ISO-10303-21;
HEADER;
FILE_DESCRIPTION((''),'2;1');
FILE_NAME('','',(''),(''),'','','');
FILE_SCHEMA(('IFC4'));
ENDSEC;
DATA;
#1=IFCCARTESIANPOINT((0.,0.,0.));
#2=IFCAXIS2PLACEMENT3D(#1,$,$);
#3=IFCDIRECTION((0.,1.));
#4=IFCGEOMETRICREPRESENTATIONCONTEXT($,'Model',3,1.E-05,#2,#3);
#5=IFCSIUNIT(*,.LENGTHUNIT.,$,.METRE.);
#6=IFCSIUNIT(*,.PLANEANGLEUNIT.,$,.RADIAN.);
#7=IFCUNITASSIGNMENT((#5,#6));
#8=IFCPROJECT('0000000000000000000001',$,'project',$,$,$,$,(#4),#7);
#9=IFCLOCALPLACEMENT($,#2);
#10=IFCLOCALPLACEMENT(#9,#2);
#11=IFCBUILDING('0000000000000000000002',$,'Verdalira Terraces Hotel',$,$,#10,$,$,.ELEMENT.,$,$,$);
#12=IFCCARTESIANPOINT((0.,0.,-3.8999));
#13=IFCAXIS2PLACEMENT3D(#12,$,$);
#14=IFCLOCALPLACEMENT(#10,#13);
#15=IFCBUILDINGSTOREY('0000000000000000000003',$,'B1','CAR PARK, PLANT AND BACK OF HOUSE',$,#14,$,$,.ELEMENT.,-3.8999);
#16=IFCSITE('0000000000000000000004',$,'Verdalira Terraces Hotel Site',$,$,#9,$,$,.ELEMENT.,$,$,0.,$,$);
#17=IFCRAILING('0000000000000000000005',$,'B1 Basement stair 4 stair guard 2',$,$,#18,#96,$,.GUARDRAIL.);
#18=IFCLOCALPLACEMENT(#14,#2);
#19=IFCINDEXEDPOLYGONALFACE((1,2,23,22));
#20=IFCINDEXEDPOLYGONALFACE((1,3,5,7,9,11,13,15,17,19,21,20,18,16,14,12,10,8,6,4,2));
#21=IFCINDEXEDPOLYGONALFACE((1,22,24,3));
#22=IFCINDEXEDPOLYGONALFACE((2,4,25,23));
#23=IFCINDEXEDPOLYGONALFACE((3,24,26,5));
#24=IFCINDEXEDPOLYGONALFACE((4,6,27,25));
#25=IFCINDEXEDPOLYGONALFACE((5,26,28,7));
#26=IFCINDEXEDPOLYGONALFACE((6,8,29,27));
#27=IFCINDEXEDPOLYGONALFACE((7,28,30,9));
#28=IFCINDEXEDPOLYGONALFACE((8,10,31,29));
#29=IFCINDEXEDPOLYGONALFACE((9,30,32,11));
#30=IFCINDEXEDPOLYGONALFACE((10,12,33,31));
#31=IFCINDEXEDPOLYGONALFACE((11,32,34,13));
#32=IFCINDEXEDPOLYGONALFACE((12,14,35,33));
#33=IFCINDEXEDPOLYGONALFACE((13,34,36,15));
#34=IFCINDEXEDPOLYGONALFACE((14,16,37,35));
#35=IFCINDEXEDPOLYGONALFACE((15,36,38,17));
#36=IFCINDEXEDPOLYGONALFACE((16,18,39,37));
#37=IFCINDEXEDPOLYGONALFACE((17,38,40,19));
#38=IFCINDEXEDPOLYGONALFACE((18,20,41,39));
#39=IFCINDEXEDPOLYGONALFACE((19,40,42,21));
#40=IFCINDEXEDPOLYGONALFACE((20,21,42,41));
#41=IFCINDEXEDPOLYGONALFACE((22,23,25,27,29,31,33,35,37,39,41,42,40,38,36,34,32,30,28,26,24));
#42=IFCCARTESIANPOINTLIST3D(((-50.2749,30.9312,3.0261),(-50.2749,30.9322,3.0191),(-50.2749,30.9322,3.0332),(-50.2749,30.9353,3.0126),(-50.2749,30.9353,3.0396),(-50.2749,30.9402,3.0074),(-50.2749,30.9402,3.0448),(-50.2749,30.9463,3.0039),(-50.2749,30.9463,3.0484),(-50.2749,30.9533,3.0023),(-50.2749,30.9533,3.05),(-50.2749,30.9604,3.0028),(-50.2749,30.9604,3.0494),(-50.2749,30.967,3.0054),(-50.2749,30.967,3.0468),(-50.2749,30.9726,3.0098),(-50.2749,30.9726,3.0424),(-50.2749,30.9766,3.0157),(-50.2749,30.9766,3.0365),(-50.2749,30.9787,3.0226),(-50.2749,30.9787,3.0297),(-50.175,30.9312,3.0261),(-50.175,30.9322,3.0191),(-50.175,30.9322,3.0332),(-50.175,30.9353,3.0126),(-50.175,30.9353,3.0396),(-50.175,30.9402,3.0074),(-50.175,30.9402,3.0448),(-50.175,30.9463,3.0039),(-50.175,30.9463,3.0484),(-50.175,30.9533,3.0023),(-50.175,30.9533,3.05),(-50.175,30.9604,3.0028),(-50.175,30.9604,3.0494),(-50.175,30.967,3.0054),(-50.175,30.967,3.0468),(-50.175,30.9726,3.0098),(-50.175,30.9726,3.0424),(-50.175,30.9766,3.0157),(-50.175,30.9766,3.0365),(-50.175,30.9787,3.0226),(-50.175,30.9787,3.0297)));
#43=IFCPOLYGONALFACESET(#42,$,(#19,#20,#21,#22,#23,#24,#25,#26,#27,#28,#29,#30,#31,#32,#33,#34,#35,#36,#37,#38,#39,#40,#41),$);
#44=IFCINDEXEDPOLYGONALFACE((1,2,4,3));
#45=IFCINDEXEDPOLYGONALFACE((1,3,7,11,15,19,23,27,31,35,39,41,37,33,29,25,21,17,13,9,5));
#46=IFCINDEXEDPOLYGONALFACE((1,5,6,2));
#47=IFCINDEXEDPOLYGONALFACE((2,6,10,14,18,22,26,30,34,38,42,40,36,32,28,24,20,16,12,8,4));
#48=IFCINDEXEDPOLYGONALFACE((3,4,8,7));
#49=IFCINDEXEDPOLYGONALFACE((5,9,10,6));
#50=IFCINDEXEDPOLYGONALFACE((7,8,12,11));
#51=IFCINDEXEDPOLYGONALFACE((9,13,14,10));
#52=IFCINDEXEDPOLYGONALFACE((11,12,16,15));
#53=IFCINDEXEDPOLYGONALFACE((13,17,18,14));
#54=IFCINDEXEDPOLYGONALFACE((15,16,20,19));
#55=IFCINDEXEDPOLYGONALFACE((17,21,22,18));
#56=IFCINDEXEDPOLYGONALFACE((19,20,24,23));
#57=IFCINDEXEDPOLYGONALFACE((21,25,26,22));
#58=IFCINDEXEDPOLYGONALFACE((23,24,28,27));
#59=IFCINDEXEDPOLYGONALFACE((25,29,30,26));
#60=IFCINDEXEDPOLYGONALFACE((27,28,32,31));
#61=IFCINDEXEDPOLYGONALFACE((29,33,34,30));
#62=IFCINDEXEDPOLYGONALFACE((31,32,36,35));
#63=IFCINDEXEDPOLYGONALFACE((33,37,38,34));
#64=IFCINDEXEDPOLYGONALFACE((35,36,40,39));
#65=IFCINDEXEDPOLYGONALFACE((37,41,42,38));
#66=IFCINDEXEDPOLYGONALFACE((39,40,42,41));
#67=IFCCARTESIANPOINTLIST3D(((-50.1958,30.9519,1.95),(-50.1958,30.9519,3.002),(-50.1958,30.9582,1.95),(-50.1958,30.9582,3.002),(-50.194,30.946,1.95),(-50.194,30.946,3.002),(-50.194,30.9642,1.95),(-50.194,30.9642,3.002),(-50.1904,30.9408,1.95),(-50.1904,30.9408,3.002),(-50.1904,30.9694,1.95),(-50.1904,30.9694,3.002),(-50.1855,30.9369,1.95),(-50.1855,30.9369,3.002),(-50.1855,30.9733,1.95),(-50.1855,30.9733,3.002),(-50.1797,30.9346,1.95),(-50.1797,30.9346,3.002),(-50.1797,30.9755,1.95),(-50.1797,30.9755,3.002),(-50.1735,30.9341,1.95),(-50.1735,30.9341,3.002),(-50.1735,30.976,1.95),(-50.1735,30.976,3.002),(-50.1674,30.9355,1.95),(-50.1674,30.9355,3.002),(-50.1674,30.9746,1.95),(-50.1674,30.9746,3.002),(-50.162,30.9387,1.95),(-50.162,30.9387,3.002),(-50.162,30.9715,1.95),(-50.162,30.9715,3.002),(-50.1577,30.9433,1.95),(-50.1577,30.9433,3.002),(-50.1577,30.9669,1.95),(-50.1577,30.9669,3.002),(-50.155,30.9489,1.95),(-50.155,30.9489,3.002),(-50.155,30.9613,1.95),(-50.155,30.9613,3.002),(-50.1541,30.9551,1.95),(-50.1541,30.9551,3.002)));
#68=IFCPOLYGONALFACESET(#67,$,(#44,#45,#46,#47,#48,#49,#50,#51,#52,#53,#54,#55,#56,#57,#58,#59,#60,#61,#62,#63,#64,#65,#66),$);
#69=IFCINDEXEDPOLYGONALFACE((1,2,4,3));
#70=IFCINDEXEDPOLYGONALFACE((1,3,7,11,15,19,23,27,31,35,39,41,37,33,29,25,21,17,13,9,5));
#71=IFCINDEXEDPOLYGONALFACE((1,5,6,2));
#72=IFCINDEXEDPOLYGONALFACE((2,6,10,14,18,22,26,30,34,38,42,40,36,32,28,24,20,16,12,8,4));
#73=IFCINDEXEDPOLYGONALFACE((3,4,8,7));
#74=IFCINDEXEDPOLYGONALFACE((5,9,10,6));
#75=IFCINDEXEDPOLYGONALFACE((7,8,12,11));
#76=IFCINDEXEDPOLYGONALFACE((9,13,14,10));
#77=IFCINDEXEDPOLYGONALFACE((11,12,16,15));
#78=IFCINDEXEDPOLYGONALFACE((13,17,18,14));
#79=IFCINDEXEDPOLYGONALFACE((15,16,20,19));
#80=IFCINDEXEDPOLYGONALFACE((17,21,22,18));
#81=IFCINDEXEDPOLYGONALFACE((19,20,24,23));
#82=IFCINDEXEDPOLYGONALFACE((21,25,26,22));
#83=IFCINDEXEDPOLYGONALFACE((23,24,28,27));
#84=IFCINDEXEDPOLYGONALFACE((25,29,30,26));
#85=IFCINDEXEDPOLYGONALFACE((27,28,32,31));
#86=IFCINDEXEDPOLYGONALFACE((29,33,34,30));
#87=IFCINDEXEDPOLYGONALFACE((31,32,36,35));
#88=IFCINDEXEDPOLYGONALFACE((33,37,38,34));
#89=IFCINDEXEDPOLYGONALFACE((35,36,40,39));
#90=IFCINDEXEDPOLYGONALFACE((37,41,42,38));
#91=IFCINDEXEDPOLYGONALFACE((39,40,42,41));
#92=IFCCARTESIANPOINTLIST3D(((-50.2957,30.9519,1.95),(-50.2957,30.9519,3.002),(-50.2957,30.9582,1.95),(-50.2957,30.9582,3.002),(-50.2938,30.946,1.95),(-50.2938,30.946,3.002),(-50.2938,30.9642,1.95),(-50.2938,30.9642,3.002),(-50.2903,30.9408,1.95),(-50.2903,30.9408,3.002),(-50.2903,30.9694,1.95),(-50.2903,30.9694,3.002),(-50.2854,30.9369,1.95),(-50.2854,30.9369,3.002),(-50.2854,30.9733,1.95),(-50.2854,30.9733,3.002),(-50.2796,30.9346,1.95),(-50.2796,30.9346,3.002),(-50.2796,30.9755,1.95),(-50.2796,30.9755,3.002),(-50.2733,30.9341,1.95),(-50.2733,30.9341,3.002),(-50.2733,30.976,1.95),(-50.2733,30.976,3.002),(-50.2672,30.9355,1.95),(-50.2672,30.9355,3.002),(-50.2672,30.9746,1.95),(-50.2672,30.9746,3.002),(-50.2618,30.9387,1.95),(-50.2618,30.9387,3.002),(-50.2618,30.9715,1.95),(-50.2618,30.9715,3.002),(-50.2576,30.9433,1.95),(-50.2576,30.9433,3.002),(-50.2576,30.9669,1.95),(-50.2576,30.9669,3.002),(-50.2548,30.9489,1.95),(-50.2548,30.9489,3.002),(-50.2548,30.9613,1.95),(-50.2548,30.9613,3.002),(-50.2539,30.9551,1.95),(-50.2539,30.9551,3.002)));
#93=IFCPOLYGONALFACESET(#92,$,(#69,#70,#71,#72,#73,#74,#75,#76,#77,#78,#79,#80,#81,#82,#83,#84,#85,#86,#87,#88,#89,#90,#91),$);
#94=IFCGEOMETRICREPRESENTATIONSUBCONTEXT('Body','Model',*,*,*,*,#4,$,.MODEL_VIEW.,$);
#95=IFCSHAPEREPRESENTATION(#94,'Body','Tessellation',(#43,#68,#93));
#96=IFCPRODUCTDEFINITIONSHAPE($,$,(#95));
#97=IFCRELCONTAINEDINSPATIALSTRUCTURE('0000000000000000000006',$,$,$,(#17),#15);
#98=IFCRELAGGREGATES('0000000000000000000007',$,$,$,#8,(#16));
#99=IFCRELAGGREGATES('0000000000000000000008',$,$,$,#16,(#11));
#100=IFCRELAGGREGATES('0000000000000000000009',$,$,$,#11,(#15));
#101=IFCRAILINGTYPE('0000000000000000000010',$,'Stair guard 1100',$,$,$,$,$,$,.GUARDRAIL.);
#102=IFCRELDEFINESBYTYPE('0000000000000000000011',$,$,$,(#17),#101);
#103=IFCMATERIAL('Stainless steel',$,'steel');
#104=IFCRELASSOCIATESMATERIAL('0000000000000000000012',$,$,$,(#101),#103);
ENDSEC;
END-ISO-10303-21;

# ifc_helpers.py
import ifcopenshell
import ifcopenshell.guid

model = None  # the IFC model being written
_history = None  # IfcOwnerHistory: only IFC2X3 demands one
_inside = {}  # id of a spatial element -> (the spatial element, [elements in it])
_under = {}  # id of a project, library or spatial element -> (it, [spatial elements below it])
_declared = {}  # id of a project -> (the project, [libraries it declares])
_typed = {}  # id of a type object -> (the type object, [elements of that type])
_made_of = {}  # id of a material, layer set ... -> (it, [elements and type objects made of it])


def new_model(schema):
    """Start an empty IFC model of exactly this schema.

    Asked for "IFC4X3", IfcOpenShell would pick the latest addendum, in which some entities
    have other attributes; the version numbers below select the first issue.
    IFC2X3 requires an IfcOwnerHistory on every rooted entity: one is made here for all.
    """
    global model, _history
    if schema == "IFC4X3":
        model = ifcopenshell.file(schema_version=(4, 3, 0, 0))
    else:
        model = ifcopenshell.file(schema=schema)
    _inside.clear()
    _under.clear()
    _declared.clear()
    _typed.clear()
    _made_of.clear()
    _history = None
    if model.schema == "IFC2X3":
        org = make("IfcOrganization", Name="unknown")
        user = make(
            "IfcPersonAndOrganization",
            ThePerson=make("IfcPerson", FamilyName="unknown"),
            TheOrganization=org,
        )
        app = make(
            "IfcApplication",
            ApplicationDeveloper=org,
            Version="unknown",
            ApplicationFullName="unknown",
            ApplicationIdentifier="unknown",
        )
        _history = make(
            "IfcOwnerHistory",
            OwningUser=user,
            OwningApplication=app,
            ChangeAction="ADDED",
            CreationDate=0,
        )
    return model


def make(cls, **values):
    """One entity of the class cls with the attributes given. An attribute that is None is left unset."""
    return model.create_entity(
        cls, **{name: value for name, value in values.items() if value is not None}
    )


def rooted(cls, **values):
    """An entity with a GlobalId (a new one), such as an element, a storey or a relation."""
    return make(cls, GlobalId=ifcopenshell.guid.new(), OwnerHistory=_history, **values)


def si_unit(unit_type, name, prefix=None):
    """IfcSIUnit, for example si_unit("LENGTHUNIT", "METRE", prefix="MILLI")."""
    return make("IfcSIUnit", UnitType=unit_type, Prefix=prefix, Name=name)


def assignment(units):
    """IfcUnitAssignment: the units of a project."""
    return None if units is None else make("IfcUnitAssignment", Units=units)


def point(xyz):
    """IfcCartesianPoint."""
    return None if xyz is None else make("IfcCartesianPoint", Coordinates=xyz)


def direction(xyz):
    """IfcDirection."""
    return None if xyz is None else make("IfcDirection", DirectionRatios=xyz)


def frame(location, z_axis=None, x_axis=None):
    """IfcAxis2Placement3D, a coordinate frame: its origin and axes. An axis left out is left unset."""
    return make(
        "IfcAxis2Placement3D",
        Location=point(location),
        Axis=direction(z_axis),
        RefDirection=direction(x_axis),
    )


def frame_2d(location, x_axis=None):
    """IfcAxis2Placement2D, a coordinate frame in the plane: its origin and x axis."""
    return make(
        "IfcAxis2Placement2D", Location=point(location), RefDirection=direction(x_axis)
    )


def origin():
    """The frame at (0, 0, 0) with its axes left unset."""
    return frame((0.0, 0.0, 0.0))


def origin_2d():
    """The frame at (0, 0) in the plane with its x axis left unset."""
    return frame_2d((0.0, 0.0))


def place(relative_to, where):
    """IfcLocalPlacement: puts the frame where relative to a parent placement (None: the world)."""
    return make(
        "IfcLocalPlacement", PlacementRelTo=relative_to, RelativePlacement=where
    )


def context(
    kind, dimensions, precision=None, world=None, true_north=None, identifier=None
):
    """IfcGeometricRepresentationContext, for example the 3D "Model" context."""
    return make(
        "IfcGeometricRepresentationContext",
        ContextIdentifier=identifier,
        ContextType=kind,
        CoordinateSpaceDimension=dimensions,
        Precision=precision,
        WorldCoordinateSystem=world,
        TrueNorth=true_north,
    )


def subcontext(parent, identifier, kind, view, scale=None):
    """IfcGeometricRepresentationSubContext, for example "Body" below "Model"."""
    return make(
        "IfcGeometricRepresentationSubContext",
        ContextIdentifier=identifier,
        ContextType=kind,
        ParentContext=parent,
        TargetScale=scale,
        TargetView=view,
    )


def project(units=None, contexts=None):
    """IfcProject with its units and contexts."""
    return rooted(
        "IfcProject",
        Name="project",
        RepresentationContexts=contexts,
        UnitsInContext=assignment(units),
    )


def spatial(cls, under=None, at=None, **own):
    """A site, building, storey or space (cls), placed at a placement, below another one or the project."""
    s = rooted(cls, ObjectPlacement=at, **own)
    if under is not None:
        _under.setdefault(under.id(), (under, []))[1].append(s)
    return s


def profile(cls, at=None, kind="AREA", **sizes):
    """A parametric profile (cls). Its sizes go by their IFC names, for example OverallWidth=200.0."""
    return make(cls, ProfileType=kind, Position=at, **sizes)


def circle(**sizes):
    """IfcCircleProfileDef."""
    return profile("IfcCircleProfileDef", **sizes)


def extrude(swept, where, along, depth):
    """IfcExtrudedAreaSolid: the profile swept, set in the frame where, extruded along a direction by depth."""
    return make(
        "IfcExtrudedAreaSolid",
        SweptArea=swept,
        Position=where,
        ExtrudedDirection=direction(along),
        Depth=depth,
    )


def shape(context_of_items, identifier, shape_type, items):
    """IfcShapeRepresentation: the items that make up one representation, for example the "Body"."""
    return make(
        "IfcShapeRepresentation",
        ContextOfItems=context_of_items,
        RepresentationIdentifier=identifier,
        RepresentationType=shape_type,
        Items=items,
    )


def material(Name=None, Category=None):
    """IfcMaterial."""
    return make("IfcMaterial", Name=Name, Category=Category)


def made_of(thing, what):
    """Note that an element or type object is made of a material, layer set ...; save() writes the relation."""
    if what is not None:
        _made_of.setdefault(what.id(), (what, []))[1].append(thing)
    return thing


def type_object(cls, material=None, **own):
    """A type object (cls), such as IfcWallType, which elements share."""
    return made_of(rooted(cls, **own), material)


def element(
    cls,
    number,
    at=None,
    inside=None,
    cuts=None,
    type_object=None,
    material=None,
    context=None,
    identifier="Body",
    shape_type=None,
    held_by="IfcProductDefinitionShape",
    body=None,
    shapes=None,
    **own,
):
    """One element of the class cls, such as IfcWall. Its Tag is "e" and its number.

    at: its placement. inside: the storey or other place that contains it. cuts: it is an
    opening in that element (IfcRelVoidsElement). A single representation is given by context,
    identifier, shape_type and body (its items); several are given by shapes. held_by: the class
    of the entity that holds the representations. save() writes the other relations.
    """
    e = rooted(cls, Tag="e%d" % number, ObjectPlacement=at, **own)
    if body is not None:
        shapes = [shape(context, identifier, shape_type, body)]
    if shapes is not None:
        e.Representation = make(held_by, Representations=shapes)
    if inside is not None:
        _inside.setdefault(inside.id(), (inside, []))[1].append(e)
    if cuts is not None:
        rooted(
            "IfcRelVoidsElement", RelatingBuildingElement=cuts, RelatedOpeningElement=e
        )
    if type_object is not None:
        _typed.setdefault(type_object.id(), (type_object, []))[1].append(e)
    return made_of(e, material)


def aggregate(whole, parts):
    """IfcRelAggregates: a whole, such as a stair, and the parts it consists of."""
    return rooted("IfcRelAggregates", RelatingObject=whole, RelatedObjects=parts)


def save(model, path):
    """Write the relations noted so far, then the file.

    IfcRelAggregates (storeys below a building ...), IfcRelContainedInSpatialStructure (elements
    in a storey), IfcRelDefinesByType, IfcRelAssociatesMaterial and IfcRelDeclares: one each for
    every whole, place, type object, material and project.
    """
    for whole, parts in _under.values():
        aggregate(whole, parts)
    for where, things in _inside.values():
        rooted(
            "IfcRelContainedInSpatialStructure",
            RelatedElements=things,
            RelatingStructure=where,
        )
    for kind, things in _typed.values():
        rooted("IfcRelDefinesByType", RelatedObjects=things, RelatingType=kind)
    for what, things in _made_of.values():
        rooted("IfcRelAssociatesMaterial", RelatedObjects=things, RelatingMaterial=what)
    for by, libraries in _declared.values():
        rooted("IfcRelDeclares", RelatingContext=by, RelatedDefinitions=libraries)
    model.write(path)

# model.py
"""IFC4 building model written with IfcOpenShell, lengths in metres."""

from ifc_helpers import new_model, si_unit, direction, frame, origin, origin_2d, place, context, subcontext, project, spatial, circle, extrude, material, type_object, element, save


model = new_model("IFC4")

# Units and contexts
model_context = context("Model", 3, precision=1e-05, world=origin(), true_north=direction((0.0, 1.0)))
body_context = subcontext(model_context, "Body", "Model", "MODEL_VIEW")
ifc_project = project(units=[si_unit("LENGTHUNIT", "METRE"), si_unit("PLANEANGLEUNIT", "RADIAN")], contexts=[model_context])

# Site, building, storey
site_placement = place(None, origin())
site = spatial("IfcSite", under=ifc_project, at=site_placement, Name="Verdalira Terraces Hotel Site", CompositionType="ELEMENT", RefElevation=0.0)
building_placement = place(site_placement, origin())
building = spatial("IfcBuilding", under=site, at=building_placement, Name="Verdalira Terraces Hotel", CompositionType="ELEMENT")
storey_placement = place(building_placement, frame((0.0, 0.0, -3.8999)))
storey = spatial("IfcBuildingStorey", under=building, at=storey_placement, Name="B1", Description="CAR PARK, PLANT AND BACK OF HOUSE", CompositionType="ELEMENT", Elevation=-3.8999)

# Railing
ifc_material_1 = material(Name="Stainless steel", Category="steel")
railing_type_1 = type_object("IfcRailingType", Name="Stair guard 1100", PredefinedType="GUARDRAIL", material=ifc_material_1)
railing_1_placement = place(storey_placement, frame((-50.175, 30.9551, 1.95)))
element("IfcRailing", 1, at=railing_1_placement, inside=storey, type_object=railing_type_1, Name="B1 Basement stair 4 stair guard 2", PredefinedType="GUARDRAIL", context=body_context, shape_type="SweptSolid", body=[
    extrude(circle(Radius=0.0239, at=origin_2d()), frame((0.0, 0.0, 1.0762), z_axis=(-1.0, 0.0, 0.0), x_axis=(0.0, -1.0, 0.0)), (0.0, 0.0, 1.0), 0.0999),
    extrude(circle(Radius=0.021, at=origin_2d()), origin(), (0.0, 0.0, 1.0), 1.052),
    extrude(circle(Radius=0.021, at=origin_2d()), frame((-0.0999, 0.0, 0.0)), (0.0, 0.0, 1.0), 1.052),
])

save(model, "model.ifc")
